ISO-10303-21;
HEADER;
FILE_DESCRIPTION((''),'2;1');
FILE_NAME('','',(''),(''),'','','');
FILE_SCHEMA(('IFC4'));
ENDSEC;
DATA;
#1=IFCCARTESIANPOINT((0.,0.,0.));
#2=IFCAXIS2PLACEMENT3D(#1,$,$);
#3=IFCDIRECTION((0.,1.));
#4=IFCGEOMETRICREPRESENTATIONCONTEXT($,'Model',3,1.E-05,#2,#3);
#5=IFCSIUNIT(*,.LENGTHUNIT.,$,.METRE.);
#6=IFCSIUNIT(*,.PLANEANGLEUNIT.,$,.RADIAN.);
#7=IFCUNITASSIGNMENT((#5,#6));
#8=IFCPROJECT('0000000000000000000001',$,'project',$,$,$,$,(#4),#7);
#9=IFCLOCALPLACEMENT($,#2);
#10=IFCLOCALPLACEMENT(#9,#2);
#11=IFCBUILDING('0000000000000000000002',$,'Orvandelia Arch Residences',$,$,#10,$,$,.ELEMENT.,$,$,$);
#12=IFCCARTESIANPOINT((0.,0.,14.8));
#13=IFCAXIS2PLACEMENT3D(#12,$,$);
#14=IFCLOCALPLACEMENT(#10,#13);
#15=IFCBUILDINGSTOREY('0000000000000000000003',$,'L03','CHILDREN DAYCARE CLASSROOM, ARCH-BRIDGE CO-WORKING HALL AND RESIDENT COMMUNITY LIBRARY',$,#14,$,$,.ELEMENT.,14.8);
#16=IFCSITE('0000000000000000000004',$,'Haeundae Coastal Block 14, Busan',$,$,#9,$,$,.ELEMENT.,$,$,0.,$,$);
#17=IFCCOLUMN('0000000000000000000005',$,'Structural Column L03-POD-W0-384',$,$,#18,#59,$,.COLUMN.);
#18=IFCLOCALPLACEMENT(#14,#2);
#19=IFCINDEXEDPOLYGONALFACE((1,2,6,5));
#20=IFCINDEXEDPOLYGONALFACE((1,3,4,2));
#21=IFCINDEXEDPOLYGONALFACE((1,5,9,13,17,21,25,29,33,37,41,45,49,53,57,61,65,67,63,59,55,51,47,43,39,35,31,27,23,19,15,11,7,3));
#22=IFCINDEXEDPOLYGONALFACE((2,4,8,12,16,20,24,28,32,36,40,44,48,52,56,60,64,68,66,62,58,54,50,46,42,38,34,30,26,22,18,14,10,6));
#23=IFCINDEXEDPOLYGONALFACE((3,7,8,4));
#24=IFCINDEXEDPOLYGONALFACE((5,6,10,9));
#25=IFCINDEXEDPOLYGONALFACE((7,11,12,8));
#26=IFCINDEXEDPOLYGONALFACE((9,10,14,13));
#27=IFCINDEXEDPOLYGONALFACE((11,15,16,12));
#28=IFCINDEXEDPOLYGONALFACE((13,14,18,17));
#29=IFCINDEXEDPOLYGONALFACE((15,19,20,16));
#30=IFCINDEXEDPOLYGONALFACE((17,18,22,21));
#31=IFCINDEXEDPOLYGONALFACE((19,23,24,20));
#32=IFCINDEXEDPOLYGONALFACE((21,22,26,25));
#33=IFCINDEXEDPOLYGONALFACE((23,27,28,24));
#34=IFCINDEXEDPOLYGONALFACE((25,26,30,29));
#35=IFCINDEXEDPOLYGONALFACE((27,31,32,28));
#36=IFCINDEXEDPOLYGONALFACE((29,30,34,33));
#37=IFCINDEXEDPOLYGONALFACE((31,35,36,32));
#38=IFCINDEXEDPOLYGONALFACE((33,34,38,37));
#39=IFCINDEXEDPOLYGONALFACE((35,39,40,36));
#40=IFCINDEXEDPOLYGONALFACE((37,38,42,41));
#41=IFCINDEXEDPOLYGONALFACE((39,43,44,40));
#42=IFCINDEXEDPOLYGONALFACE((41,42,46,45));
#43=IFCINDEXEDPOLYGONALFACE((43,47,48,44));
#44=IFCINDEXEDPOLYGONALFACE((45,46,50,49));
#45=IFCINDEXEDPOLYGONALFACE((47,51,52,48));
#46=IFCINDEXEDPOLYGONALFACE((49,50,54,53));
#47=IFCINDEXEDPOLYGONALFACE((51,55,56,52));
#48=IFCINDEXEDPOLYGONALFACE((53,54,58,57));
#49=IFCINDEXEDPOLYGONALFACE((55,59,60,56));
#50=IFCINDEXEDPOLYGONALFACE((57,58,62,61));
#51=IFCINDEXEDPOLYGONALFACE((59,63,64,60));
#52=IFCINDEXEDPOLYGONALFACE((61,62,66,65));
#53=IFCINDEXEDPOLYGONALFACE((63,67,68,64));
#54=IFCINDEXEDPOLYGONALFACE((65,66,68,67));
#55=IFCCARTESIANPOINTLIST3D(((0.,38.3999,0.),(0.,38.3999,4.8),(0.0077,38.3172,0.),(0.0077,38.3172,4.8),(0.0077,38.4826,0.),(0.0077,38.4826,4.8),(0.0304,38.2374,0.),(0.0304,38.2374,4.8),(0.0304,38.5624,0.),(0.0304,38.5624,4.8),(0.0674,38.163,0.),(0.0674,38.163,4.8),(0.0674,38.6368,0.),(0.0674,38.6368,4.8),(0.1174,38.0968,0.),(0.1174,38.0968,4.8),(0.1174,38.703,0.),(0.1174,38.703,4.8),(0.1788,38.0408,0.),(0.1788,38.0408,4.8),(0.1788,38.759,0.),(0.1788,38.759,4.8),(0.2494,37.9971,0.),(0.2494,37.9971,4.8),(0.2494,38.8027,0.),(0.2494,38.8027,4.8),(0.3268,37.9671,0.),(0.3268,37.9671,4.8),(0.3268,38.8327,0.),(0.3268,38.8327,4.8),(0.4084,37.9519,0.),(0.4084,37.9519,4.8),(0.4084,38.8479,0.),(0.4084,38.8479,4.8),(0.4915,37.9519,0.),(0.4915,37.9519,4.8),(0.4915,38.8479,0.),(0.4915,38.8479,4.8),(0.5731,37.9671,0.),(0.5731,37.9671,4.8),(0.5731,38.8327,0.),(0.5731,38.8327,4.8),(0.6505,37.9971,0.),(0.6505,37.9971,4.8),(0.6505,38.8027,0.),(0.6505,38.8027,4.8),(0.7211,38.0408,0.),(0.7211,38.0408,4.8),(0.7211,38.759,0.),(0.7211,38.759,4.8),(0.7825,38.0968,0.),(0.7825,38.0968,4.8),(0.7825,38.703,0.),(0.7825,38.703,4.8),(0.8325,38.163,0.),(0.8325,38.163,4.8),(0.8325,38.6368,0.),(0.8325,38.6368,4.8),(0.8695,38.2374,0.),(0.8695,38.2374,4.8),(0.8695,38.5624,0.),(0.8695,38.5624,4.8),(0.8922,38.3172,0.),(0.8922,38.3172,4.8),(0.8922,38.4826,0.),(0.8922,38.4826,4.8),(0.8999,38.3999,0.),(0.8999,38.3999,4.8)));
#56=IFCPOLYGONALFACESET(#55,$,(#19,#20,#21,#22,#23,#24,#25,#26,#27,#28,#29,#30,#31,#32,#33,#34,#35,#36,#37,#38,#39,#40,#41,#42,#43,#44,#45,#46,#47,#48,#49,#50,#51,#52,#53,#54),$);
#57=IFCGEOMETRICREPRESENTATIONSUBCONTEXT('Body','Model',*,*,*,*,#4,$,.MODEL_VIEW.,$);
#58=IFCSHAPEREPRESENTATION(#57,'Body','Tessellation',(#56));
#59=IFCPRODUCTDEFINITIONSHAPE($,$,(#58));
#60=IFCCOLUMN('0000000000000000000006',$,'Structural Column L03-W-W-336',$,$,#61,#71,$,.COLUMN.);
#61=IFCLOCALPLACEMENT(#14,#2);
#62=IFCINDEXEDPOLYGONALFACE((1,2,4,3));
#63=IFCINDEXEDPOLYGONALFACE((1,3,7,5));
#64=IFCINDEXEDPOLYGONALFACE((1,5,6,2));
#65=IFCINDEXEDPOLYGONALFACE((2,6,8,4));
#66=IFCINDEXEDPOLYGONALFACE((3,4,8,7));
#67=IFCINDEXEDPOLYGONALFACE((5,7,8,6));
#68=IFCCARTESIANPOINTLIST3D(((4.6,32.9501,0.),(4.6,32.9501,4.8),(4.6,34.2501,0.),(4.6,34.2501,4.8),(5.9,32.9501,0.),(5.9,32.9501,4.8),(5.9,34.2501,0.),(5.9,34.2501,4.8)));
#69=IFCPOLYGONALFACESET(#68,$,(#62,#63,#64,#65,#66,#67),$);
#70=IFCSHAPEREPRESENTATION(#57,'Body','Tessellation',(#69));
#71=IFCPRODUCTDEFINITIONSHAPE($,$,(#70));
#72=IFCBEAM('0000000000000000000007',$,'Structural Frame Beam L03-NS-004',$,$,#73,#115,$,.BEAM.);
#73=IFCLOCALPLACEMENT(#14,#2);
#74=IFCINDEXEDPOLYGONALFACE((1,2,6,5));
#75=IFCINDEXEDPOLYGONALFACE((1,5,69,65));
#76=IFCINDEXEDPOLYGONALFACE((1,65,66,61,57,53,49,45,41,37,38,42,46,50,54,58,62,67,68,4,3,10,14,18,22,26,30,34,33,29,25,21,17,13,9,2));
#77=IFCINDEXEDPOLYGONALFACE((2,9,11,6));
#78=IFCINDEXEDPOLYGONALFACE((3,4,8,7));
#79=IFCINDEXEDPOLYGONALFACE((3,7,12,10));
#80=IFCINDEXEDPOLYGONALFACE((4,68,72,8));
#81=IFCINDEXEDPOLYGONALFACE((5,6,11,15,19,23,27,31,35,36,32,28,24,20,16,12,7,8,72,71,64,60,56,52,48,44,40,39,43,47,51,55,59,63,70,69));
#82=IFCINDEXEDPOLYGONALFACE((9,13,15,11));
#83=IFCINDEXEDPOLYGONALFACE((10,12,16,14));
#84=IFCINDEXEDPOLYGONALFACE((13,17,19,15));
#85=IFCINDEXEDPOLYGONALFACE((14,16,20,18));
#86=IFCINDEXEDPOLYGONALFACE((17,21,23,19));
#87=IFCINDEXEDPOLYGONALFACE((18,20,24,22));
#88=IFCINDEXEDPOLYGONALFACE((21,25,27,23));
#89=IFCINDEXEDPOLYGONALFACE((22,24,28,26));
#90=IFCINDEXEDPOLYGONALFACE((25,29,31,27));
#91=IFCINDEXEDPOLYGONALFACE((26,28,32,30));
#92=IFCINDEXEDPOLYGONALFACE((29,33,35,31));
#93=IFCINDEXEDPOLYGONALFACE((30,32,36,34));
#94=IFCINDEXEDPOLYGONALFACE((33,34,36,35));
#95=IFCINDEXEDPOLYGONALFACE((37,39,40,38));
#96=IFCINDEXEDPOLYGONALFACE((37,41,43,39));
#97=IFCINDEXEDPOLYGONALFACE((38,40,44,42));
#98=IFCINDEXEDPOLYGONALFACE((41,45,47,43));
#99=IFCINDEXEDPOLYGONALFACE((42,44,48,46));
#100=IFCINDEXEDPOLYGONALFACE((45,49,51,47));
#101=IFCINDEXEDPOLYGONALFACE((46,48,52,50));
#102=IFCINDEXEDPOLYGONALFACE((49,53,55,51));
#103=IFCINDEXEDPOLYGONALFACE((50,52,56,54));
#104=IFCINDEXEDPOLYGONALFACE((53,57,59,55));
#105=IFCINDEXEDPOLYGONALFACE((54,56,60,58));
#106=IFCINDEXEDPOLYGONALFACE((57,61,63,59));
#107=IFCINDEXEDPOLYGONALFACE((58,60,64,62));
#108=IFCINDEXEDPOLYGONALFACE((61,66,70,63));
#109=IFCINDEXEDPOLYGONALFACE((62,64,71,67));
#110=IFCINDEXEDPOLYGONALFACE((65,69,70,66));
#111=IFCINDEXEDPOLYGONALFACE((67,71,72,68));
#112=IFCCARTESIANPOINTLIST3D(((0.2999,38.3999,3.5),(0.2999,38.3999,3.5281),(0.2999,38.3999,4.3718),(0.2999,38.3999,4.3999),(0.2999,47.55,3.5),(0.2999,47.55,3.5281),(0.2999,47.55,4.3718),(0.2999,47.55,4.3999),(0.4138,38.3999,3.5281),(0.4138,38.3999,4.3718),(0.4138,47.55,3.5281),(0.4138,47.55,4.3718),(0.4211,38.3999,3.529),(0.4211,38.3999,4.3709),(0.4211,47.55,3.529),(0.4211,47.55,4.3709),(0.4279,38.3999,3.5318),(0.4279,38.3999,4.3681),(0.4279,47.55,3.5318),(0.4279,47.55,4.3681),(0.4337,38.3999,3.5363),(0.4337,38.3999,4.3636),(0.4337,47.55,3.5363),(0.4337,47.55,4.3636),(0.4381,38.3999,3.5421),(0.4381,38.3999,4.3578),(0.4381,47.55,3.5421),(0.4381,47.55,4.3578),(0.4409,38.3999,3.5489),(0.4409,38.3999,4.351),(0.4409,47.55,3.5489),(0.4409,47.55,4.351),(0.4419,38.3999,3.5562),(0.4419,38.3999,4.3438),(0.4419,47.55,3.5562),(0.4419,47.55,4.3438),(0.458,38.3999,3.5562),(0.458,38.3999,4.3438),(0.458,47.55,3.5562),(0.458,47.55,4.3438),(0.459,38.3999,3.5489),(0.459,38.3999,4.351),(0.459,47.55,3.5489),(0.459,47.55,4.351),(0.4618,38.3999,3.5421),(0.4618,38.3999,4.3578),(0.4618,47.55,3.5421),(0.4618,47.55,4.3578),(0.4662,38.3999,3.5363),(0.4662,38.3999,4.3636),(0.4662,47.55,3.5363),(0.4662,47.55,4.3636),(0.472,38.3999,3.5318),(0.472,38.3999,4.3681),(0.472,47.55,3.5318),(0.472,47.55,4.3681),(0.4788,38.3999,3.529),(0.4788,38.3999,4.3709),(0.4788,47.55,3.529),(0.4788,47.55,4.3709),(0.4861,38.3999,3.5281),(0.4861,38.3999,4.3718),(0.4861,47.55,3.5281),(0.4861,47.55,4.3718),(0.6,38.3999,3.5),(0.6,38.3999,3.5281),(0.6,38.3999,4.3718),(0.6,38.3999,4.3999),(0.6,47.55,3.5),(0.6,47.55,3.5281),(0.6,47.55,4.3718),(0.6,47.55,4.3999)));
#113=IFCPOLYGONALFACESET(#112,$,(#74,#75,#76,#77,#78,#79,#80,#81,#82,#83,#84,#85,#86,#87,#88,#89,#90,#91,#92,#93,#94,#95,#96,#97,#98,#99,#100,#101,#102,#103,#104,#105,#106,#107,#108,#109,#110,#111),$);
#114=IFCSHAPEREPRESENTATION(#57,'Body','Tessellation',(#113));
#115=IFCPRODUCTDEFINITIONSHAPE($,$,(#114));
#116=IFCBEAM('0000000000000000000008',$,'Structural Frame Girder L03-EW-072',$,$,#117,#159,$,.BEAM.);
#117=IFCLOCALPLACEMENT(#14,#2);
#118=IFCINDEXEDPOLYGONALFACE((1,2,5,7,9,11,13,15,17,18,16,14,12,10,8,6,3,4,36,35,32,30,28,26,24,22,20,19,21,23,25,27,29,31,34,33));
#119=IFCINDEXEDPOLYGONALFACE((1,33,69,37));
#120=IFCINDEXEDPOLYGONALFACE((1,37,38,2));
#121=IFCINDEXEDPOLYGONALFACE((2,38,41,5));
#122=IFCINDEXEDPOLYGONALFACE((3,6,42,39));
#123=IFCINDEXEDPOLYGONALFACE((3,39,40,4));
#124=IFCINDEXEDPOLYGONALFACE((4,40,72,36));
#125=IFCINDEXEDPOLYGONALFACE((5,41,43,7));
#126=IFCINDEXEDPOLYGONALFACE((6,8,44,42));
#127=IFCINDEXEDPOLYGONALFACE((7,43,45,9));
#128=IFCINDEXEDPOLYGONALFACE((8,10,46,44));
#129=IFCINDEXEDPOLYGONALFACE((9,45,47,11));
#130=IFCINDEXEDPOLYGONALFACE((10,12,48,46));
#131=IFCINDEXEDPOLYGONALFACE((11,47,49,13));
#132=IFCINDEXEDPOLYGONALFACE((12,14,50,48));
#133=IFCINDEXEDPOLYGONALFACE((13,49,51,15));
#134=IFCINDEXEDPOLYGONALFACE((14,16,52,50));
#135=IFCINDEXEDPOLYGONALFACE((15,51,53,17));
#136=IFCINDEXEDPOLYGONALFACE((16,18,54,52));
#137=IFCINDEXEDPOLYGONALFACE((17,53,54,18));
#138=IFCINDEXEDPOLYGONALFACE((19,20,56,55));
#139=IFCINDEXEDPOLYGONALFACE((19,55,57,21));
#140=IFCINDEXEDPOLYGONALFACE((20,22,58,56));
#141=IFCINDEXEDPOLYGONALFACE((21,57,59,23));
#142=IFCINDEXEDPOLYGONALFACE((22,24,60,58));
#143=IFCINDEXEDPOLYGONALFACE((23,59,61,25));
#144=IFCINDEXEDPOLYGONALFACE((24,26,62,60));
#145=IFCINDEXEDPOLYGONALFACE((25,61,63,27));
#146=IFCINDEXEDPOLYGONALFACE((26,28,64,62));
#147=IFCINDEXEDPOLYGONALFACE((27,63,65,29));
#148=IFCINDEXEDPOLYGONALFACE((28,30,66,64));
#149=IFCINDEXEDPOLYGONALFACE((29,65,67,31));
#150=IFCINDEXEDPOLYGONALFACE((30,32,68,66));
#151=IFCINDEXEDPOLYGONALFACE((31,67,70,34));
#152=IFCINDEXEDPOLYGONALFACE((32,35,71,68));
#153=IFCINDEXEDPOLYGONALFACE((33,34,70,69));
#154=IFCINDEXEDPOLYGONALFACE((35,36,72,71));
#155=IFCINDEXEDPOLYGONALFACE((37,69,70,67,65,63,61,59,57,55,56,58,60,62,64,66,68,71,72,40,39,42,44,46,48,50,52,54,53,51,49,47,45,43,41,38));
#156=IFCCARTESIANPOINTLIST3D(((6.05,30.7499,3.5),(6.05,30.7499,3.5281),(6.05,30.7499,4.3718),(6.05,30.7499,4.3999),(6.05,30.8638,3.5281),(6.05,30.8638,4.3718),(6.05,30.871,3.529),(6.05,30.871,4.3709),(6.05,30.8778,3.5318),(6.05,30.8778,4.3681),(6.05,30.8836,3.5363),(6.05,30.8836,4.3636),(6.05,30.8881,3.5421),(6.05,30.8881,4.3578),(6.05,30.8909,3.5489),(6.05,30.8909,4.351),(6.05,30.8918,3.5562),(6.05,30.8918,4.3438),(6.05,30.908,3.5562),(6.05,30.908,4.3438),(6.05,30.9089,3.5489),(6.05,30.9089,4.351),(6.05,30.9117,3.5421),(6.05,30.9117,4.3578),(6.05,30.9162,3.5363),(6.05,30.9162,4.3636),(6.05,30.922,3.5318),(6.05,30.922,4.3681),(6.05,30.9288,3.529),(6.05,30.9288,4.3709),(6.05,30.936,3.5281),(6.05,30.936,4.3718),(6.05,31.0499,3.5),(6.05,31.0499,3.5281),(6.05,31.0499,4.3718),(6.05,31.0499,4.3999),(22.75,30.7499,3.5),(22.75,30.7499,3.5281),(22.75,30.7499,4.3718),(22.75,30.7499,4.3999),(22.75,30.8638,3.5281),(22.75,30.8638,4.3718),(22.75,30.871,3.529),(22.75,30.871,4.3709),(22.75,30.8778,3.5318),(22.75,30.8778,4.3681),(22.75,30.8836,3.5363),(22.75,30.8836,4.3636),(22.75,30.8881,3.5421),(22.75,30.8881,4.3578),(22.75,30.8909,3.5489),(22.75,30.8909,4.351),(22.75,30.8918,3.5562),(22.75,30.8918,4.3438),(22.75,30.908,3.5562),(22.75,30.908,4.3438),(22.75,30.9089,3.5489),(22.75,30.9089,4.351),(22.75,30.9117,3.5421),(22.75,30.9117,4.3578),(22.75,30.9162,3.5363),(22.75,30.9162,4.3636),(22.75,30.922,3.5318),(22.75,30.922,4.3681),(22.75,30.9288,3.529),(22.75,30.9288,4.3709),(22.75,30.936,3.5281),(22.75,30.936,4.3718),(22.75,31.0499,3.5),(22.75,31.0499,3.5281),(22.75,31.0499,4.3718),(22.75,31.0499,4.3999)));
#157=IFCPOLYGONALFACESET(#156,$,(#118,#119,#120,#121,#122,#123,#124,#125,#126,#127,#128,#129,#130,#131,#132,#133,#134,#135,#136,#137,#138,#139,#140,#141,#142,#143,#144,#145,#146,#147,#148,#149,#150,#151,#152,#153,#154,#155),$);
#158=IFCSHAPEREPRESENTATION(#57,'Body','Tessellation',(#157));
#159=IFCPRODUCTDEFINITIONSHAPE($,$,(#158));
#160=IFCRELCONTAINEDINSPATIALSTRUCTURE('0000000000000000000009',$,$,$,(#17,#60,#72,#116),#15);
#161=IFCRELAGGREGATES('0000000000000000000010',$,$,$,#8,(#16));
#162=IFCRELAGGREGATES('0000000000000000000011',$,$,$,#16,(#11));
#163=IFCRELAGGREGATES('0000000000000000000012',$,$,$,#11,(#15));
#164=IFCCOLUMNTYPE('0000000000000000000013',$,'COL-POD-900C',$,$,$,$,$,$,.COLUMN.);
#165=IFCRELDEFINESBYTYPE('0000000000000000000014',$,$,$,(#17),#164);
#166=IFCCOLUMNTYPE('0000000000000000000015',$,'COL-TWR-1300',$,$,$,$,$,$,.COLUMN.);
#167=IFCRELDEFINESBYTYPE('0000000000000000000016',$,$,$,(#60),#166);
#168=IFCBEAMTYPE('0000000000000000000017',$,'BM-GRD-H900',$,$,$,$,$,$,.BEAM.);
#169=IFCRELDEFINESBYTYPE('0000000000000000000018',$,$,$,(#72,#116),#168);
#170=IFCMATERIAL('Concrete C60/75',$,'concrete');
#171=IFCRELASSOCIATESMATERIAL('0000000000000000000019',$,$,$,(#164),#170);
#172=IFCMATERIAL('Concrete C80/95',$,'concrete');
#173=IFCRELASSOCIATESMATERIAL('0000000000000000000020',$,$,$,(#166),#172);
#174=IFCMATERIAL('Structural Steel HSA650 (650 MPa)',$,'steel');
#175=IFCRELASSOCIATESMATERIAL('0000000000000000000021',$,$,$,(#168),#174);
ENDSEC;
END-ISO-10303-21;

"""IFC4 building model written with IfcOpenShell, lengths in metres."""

from ifc_helpers import new_model, si_unit, direction, frame, origin, origin_2d, place, context, subcontext, project, spatial, rectangle, circle, i_section, extrude, material, material_profile, profile_set, type_object, element, save


model = new_model("IFC4")

# Units and contexts
model_context = context("Model", 3, precision=1e-05, world=origin(), true_north=direction((0.0, 1.0)))
body_context = subcontext(model_context, "Body", "Model", "MODEL_VIEW")
ifc_project = project(units=[si_unit("LENGTHUNIT", "METRE"), si_unit("PLANEANGLEUNIT", "RADIAN")], contexts=[model_context])

# Site, building, storey
site_placement = place(None, origin())
site = spatial("IfcSite", under=ifc_project, at=site_placement, Name="Haeundae Coastal Block 14, Busan", CompositionType="ELEMENT", RefElevation=0.0)
building_placement = place(site_placement, origin())
building = spatial("IfcBuilding", under=site, at=building_placement, Name="Orvandelia Arch Residences", CompositionType="ELEMENT")
storey_placement = place(building_placement, frame((0.0, 0.0, 14.8)))
storey = spatial("IfcBuildingStorey", under=building, at=storey_placement, Name="L03", Description="CHILDREN DAYCARE CLASSROOM, ARCH-BRIDGE CO-WORKING HALL AND RESIDENT COMMUNITY LIBRARY", CompositionType="ELEMENT", Elevation=14.8)

# Columns
ifc_material_1 = material(Name="Concrete C60/75", Category="concrete")
ifc_material_profile_1 = material_profile(ifc_material_1, circle(Radius=0.45, at=origin_2d()), Name="Concrete C60/75", Category="concrete")
ifc_profile_set_1 = profile_set([ifc_material_profile_1], Name="Concrete C60/75")
column_type_1 = type_object("IfcColumnType", Name="COL-POD-900C", PredefinedType="COLUMN", material=ifc_profile_set_1)
column_1_placement = place(storey_placement, frame((0.45, 38.3999, 0.0), z_axis=(0.0, 0.0, 1.0), x_axis=(1.0, 0.0, 0.0)))
element("IfcColumn", 1, at=column_1_placement, inside=storey, type_object=column_type_1, Name="Structural Column L03-POD-W0-384", PredefinedType="COLUMN", context=body_context, shape_type="SweptSolid", body=[
    extrude(circle(Radius=0.45, at=origin_2d()), origin(), (0.0, 0.0, 1.0), 4.8),
])
ifc_material_2 = material(Name="Concrete C80/95", Category="concrete")
ifc_material_profile_2 = material_profile(ifc_material_2, rectangle(XDim=1.3, YDim=1.3, at=origin_2d()), Name="Concrete C80/95", Category="concrete")
ifc_profile_set_2 = profile_set([ifc_material_profile_2], Name="Concrete C80/95")
column_type_2 = type_object("IfcColumnType", Name="COL-TWR-1300", PredefinedType="COLUMN", material=ifc_profile_set_2)
column_2_placement = place(storey_placement, frame((5.25, 33.6001, 0.0), z_axis=(0.0, 0.0, 1.0), x_axis=(1.0, 0.0, 0.0)))
element("IfcColumn", 2, at=column_2_placement, inside=storey, type_object=column_type_2, Name="Structural Column L03-W-W-336", PredefinedType="COLUMN", context=body_context, shape_type="SweptSolid", body=[
    extrude(rectangle(XDim=1.3, YDim=1.3, at=origin_2d()), origin(), (0.0, 0.0, 1.0), 4.8),
])

# Beams
ifc_material_3 = material(Name="Structural Steel HSA650 (650 MPa)", Category="steel")
ifc_material_profile_3 = material_profile(ifc_material_3, i_section(OverallWidth=0.3, OverallDepth=0.8999, WebThickness=0.0161, FlangeThickness=0.0281, FilletRadius=0.0281, at=origin_2d()), Name="Structural Steel HSA650 (650 MPa)", Category="steel")
ifc_profile_set_3 = profile_set([ifc_material_profile_3], Name="Structural Steel HSA650 (650 MPa)")
beam_type_1 = type_object("IfcBeamType", Name="BM-GRD-H900", PredefinedType="BEAM", material=ifc_profile_set_3)
beam_1_placement = place(storey_placement, frame((0.45, 38.3999, 3.95), z_axis=(0.0, 1.0, 0.0), x_axis=(-1.0, 0.0, 0.0)))
element("IfcBeam", 3, at=beam_1_placement, inside=storey, type_object=beam_type_1, Name="Structural Frame Beam L03-NS-004", PredefinedType="BEAM", context=body_context, shape_type="SweptSolid", body=[
    extrude(i_section(OverallWidth=0.3, OverallDepth=0.8999, WebThickness=0.0161, FlangeThickness=0.0281, FilletRadius=0.0281, at=origin_2d()), origin(), (0.0, 0.0, 1.0), 9.1501),
])
beam_2_placement = place(storey_placement, frame((6.05, 30.8999, 3.95), z_axis=(1.0, 0.0, 0.0), x_axis=(0.0, 1.0, 0.0)))
element("IfcBeam", 4, at=beam_2_placement, inside=storey, type_object=beam_type_1, Name="Structural Frame Girder L03-EW-072", PredefinedType="BEAM", context=body_context, shape_type="SweptSolid", body=[
    extrude(i_section(OverallWidth=0.3, OverallDepth=0.8999, WebThickness=0.0161, FlangeThickness=0.0281, FilletRadius=0.0281, at=origin_2d()), origin(), (0.0, 0.0, 1.0), 16.7),
])

save(model, "model.ifc")
